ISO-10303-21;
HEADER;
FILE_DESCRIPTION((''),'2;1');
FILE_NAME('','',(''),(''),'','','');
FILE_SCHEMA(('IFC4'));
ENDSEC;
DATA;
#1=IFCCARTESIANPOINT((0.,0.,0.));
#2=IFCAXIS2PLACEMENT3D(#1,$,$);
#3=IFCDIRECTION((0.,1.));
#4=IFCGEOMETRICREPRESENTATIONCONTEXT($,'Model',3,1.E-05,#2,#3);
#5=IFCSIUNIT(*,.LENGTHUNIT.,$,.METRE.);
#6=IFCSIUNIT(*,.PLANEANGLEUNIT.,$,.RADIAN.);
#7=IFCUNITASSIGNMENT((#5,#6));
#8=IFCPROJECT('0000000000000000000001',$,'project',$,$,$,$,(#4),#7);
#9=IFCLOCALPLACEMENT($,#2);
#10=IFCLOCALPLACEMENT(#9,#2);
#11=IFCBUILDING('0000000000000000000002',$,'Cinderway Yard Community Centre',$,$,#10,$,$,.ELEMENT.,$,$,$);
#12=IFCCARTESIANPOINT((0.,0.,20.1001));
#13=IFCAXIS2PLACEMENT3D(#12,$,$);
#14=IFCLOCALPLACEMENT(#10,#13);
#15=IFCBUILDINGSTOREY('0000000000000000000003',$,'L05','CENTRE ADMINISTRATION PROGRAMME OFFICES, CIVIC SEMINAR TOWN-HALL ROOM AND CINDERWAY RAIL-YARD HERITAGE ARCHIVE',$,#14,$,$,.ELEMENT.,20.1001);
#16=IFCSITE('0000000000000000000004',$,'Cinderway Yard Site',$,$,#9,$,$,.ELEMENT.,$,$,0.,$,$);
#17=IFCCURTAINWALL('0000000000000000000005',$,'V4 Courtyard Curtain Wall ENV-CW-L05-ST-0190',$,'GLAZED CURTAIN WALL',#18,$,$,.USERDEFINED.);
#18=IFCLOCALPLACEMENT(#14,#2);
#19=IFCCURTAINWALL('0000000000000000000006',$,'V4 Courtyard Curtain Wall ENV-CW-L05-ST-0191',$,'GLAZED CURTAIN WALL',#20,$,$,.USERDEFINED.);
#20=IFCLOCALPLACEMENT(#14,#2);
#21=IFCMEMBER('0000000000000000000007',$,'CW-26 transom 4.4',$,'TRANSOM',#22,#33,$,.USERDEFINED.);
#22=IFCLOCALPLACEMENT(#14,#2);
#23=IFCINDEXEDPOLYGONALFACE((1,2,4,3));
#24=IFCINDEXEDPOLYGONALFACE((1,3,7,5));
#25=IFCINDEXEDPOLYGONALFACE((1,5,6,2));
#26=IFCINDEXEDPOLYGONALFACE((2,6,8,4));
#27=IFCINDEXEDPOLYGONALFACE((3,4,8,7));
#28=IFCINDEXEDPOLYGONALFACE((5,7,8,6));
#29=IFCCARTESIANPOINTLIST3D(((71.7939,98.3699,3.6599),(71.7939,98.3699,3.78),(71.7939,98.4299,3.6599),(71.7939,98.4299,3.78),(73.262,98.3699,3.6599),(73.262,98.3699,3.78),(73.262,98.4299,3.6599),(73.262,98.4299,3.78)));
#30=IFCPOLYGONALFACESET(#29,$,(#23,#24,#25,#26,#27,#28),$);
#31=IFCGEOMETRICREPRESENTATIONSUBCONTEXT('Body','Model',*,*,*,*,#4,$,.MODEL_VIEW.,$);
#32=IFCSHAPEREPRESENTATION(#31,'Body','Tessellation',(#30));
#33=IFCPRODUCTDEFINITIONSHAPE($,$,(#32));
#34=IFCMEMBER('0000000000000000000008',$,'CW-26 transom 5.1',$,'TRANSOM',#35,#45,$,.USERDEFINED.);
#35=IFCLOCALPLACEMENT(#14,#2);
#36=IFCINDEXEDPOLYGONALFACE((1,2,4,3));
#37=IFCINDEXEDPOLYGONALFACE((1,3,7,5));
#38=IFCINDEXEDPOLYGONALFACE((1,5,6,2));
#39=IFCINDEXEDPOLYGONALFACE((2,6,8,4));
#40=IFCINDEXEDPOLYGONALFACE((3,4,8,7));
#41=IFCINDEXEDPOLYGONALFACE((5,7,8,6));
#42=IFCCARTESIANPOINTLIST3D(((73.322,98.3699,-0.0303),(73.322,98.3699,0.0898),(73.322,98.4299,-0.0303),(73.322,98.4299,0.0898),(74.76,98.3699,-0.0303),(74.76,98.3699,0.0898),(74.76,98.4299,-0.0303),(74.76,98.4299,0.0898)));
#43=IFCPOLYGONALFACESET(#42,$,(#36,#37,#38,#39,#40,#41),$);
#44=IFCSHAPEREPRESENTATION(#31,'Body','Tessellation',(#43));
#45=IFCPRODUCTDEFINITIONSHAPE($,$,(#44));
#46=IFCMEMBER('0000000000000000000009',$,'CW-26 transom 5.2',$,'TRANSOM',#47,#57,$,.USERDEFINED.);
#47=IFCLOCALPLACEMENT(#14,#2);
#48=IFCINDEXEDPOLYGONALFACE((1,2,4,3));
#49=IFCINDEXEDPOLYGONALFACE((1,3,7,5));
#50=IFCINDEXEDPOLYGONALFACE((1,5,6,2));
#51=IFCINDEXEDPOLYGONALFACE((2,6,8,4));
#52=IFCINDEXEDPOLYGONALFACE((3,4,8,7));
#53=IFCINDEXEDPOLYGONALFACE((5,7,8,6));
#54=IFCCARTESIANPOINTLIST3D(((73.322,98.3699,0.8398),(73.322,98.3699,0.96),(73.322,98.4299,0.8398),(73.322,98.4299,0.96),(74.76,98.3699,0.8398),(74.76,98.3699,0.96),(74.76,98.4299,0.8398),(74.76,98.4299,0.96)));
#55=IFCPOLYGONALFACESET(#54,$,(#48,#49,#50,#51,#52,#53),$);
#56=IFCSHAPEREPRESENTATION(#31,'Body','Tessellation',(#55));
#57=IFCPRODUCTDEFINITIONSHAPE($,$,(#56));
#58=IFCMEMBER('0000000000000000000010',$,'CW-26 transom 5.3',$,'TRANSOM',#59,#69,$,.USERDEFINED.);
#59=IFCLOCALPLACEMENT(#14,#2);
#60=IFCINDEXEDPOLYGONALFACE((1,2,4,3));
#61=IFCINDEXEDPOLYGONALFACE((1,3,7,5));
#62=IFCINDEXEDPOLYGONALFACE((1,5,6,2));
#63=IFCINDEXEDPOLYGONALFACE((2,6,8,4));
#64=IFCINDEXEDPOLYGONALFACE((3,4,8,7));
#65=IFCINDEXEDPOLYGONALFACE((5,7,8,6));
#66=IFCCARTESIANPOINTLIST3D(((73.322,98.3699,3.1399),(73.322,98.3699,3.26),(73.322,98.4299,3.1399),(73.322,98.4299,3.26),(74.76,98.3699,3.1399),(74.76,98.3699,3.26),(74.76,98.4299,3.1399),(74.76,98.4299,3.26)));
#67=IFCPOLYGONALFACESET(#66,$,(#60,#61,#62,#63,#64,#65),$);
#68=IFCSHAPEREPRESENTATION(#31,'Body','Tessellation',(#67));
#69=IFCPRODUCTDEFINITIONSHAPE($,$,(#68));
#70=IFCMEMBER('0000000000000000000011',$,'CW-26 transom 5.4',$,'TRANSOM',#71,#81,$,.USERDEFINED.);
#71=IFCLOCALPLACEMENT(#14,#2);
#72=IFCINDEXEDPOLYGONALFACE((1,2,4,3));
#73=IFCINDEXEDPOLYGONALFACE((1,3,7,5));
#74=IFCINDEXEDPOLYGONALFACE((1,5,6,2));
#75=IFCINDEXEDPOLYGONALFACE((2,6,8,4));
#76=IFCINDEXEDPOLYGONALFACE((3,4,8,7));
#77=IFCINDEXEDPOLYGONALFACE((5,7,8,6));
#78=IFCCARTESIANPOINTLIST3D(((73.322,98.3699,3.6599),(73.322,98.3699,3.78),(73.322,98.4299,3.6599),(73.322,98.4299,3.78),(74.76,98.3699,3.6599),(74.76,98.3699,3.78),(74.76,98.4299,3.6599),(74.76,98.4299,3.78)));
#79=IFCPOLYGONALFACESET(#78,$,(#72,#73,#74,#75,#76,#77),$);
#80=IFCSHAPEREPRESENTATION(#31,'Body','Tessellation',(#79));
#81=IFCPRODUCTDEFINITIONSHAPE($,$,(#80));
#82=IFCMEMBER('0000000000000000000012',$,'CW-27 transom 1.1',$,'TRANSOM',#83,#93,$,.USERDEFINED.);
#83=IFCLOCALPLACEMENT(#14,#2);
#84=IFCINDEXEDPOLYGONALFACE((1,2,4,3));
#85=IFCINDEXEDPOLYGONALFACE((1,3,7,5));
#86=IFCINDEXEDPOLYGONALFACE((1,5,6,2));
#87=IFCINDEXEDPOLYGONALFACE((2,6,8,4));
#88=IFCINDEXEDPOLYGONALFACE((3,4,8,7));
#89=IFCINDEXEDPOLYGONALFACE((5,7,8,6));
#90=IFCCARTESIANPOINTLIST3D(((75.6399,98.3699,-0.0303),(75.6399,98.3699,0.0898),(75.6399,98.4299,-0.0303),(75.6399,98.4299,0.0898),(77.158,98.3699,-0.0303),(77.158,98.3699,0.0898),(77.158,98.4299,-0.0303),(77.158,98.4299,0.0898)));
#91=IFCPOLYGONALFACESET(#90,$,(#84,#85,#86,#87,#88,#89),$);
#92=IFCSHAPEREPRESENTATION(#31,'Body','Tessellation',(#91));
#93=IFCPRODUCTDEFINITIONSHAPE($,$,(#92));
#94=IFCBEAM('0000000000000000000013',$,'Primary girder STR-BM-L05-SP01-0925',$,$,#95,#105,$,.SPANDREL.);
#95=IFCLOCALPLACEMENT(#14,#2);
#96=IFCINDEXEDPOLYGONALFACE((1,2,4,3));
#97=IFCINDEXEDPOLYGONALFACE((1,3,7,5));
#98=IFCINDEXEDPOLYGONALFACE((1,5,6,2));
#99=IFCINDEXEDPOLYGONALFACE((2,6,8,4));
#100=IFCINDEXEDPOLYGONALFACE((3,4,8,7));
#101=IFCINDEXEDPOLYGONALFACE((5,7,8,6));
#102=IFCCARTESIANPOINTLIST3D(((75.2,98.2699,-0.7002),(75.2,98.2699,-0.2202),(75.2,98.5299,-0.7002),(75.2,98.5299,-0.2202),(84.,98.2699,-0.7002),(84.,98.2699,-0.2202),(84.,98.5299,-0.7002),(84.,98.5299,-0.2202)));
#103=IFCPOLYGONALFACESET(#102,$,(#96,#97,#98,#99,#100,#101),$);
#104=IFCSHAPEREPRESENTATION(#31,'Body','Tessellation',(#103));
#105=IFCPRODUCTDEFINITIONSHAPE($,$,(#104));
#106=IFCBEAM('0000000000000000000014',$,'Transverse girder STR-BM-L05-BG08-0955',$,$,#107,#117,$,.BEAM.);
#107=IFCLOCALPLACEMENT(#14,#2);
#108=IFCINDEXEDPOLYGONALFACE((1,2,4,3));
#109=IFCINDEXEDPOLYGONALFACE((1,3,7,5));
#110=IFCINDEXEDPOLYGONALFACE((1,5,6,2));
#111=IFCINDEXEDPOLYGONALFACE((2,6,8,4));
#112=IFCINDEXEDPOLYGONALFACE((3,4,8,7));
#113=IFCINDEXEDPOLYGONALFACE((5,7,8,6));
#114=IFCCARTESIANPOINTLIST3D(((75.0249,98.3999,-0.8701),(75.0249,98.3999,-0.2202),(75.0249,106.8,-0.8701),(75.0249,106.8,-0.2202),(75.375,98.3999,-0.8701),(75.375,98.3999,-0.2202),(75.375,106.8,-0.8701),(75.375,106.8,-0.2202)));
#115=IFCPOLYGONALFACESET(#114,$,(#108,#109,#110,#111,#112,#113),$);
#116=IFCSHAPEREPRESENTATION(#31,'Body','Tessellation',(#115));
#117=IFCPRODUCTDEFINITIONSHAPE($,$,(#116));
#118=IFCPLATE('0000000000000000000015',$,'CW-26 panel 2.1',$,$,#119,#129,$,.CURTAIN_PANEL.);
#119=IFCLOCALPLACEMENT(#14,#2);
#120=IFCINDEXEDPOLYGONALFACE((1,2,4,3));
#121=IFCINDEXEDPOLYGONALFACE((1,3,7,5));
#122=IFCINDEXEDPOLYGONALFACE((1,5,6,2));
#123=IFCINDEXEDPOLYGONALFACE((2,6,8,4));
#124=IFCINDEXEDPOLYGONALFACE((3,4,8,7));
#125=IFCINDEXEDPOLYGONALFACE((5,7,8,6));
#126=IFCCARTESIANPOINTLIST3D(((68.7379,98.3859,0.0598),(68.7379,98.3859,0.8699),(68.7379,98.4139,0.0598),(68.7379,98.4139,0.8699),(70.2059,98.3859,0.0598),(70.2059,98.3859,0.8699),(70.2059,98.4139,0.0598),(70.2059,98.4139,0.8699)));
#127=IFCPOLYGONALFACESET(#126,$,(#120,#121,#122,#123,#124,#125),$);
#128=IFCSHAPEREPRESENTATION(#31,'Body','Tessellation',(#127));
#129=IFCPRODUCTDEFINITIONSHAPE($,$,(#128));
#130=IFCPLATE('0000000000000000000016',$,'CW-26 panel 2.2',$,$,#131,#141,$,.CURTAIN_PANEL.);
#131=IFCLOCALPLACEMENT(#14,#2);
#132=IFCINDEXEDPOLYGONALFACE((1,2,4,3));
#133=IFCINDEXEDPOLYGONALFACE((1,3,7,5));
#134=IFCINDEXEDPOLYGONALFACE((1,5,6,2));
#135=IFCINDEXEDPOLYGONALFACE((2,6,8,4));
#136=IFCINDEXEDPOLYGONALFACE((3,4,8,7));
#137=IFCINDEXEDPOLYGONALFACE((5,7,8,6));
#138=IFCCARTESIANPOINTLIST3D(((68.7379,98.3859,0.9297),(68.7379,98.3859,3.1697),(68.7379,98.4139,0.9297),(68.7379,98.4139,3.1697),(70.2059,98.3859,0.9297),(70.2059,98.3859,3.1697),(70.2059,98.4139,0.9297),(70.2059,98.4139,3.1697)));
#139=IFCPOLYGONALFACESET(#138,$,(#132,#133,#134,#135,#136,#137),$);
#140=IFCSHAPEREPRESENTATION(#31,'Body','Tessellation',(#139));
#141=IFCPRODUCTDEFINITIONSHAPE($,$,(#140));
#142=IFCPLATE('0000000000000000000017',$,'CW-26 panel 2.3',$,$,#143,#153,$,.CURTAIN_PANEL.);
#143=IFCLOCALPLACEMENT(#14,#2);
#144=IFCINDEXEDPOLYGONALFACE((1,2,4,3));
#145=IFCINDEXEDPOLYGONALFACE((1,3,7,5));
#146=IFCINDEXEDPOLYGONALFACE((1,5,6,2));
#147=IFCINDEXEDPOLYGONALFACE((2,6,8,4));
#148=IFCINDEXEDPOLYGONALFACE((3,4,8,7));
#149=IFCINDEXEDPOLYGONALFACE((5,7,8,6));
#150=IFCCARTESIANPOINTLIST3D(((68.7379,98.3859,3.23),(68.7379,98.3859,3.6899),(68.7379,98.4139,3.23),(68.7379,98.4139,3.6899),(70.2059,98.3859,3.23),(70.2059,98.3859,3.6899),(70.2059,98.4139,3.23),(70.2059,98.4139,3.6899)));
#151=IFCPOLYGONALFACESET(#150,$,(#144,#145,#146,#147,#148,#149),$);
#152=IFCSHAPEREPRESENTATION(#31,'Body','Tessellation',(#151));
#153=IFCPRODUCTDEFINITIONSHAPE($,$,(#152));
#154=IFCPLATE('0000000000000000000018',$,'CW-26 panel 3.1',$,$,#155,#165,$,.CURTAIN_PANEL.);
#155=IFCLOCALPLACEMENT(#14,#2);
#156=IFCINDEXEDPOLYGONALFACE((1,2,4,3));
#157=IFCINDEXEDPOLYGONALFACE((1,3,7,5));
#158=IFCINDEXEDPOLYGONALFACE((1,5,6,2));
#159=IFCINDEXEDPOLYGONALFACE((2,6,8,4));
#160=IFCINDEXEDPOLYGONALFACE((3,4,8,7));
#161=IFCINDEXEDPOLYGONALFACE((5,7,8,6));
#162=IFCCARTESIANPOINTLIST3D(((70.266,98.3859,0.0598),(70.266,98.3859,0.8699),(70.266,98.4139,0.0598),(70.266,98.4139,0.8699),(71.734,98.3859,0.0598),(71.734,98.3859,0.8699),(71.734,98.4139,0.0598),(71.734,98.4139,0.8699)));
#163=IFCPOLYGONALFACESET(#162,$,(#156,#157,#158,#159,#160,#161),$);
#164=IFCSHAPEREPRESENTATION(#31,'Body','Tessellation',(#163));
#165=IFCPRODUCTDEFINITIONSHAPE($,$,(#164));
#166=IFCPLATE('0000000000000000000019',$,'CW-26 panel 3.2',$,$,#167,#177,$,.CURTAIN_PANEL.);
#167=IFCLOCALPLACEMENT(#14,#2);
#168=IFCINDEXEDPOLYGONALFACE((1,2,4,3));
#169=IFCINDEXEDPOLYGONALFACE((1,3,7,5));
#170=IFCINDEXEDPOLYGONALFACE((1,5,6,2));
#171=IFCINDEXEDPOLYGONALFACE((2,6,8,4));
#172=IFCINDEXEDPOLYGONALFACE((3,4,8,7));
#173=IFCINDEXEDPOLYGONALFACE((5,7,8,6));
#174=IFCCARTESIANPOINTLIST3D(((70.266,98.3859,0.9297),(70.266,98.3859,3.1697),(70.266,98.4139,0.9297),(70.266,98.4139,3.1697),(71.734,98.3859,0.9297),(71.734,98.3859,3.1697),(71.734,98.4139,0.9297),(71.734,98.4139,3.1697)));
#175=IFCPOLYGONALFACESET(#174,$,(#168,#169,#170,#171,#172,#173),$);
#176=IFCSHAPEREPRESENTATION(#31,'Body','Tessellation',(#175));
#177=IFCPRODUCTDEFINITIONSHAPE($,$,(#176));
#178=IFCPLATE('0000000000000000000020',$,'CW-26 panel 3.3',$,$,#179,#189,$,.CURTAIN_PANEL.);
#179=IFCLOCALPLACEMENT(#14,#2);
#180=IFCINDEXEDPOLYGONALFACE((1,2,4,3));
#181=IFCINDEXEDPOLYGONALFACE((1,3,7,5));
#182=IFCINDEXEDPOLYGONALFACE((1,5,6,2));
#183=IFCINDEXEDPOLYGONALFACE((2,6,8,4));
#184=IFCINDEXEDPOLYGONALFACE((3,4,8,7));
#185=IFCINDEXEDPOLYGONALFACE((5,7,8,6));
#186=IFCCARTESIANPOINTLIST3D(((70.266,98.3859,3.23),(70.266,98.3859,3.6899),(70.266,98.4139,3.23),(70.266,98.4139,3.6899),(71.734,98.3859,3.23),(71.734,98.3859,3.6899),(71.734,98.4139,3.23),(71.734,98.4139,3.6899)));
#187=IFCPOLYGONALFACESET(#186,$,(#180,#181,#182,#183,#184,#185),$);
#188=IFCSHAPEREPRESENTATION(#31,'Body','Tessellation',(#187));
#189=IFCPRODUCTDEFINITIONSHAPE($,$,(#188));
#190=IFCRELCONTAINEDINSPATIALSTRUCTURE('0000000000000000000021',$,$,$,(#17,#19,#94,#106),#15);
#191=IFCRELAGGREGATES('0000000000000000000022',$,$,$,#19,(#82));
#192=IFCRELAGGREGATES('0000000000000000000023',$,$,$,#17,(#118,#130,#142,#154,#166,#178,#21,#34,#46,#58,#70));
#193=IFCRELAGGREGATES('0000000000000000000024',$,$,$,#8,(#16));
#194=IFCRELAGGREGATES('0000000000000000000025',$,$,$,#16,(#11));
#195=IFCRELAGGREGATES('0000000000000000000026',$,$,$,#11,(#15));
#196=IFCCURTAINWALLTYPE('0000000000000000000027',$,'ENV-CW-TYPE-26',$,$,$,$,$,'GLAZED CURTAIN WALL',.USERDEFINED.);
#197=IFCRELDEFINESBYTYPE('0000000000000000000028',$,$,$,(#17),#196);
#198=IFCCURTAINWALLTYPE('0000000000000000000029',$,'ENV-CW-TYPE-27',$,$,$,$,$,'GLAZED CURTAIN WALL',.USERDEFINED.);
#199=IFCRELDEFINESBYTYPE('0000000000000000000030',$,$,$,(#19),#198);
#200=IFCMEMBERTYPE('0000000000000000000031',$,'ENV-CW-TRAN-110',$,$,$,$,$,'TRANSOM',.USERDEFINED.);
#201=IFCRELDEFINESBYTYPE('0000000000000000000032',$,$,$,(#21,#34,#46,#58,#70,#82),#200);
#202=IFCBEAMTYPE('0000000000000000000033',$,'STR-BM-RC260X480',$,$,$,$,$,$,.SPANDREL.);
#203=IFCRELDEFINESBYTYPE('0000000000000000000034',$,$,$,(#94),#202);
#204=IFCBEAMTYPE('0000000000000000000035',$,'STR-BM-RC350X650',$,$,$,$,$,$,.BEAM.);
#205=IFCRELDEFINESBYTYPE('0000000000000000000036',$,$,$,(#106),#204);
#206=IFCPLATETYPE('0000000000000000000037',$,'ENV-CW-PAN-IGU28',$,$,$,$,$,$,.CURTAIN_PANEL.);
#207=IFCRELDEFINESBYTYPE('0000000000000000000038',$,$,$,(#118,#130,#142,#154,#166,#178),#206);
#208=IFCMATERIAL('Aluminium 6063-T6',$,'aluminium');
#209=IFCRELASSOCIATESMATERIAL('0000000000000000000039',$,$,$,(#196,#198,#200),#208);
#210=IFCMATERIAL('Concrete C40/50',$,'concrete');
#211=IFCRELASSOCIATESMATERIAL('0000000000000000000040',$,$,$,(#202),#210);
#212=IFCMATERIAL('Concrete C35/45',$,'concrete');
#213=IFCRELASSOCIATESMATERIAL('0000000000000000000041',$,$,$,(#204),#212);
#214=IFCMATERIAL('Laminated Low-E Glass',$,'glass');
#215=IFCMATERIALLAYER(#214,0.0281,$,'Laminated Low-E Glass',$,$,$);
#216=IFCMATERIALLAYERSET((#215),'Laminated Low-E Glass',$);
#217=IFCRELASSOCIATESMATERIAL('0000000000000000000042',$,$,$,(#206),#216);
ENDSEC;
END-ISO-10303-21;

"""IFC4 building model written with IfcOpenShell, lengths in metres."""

from ifc_helpers import new_model, si_unit, direction, frame, origin, origin_2d, place, context, subcontext, project, spatial, rectangle, extrude, material, layer, layer_set, material_profile, profile_set, type_object, element, aggregate, save


model = new_model("IFC4")

# Units and contexts
model_context = context("Model", 3, precision=1e-05, world=origin(), true_north=direction((0.0, 1.0)))
body_context = subcontext(model_context, "Body", "Model", "MODEL_VIEW")
ifc_project = project(units=[si_unit("LENGTHUNIT", "METRE"), si_unit("PLANEANGLEUNIT", "RADIAN")], contexts=[model_context])

# Site, building, storey
site_placement = place(None, origin())
site = spatial("IfcSite", under=ifc_project, at=site_placement, Name="Cinderway Yard Site", CompositionType="ELEMENT", RefElevation=0.0)
building_placement = place(site_placement, origin())
building = spatial("IfcBuilding", under=site, at=building_placement, Name="Cinderway Yard Community Centre", CompositionType="ELEMENT")
storey_placement = place(building_placement, frame((0.0, 0.0, 20.1001)))
storey = spatial("IfcBuildingStorey", under=building, at=storey_placement, Name="L05", Description="CENTRE ADMINISTRATION PROGRAMME OFFICES, CIVIC SEMINAR TOWN-HALL ROOM AND CINDERWAY RAIL-YARD HERITAGE ARCHIVE", CompositionType="ELEMENT", Elevation=20.1001)

# Shared definitions
ifc_material_1 = material(Name="Concrete C40/50", Category="concrete")

# Curtain wall
ifc_material_2 = material(Name="Aluminium 6063-T6", Category="aluminium")
curtain_wall_type_1 = type_object("IfcCurtainWallType", Name="ENV-CW-TYPE-26", ElementType="GLAZED CURTAIN WALL", PredefinedType="USERDEFINED", material=ifc_material_2)
curtain_wall_1_placement = place(storey_placement, origin())
curtain_wall_1 = element("IfcCurtainWall", 1, at=curtain_wall_1_placement, inside=storey, type_object=curtain_wall_type_1, Name="V4 Courtyard Curtain Wall ENV-CW-L05-ST-0190", ObjectType="GLAZED CURTAIN WALL", PredefinedType="USERDEFINED")

# Curtain wall
curtain_wall_type_2 = type_object("IfcCurtainWallType", Name="ENV-CW-TYPE-27", ElementType="GLAZED CURTAIN WALL", PredefinedType="USERDEFINED", material=ifc_material_2)
curtain_wall_2_placement = place(storey_placement, origin())
curtain_wall_2 = element("IfcCurtainWall", 2, at=curtain_wall_2_placement, inside=storey, type_object=curtain_wall_type_2, Name="V4 Courtyard Curtain Wall ENV-CW-L05-ST-0191", ObjectType="GLAZED CURTAIN WALL", PredefinedType="USERDEFINED")

# Members
ifc_material_profile_1 = material_profile(ifc_material_2, rectangle(XDim=0.0601, YDim=0.1201, at=origin_2d()), Name="Aluminium 6063-T6")
ifc_profile_set_1 = profile_set([ifc_material_profile_1], Name="Aluminium 6063-T6")
member_type_1 = type_object("IfcMemberType", Name="ENV-CW-TRAN-110", ElementType="TRANSOM", PredefinedType="USERDEFINED", material=ifc_profile_set_1)
member_1_placement = place(storey_placement, frame((71.7939, 98.3999, 3.72), z_axis=(1.0, 0.0, 0.0), x_axis=(0.0, 1.0, 0.0)))
member_1 = element("IfcMember", 3, at=member_1_placement, type_object=member_type_1, Name="CW-26 transom 4.4", ObjectType="TRANSOM", PredefinedType="USERDEFINED", context=body_context, shape_type="SweptSolid", body=[
    extrude(rectangle(XDim=0.0601, YDim=0.1201, at=origin_2d()), origin(), (0.0, 0.0, 1.0), 1.468),
])
member_2_placement = place(storey_placement, frame((73.322, 98.3999, 0.0298), z_axis=(1.0, 0.0, 0.0), x_axis=(0.0, 1.0, 0.0)))
member_2 = element("IfcMember", 4, at=member_2_placement, type_object=member_type_1, Name="CW-26 transom 5.1", ObjectType="TRANSOM", PredefinedType="USERDEFINED", context=body_context, shape_type="SweptSolid", body=[
    extrude(rectangle(XDim=0.0601, YDim=0.1201, at=origin_2d()), origin(), (0.0, 0.0, 1.0), 1.438),
])
member_3_placement = place(storey_placement, frame((73.322, 98.3999, 0.8999), z_axis=(1.0, 0.0, 0.0), x_axis=(0.0, 1.0, 0.0)))
member_3 = element("IfcMember", 5, at=member_3_placement, type_object=member_type_1, Name="CW-26 transom 5.2", ObjectType="TRANSOM", PredefinedType="USERDEFINED", context=body_context, shape_type="SweptSolid", body=[
    extrude(rectangle(XDim=0.0601, YDim=0.1201, at=origin_2d()), origin(), (0.0, 0.0, 1.0), 1.438),
])
member_4_placement = place(storey_placement, frame((73.322, 98.3999, 3.2), z_axis=(1.0, 0.0, 0.0), x_axis=(0.0, 1.0, 0.0)))
member_4 = element("IfcMember", 6, at=member_4_placement, type_object=member_type_1, Name="CW-26 transom 5.3", ObjectType="TRANSOM", PredefinedType="USERDEFINED", context=body_context, shape_type="SweptSolid", body=[
    extrude(rectangle(XDim=0.0601, YDim=0.1201, at=origin_2d()), origin(), (0.0, 0.0, 1.0), 1.438),
])
member_5_placement = place(storey_placement, frame((73.322, 98.3999, 3.72), z_axis=(1.0, 0.0, 0.0), x_axis=(0.0, 1.0, 0.0)))
member_5 = element("IfcMember", 7, at=member_5_placement, type_object=member_type_1, Name="CW-26 transom 5.4", ObjectType="TRANSOM", PredefinedType="USERDEFINED", context=body_context, shape_type="SweptSolid", body=[
    extrude(rectangle(XDim=0.0601, YDim=0.1201, at=origin_2d()), origin(), (0.0, 0.0, 1.0), 1.438),
])
member_6_placement = place(storey_placement, frame((75.6399, 98.3999, 0.0298), z_axis=(1.0, 0.0, 0.0), x_axis=(0.0, 1.0, 0.0)))
member_6 = element("IfcMember", 8, at=member_6_placement, type_object=member_type_1, Name="CW-27 transom 1.1", ObjectType="TRANSOM", PredefinedType="USERDEFINED", context=body_context, shape_type="SweptSolid", body=[
    extrude(rectangle(XDim=0.0601, YDim=0.1201, at=origin_2d()), origin(), (0.0, 0.0, 1.0), 1.5181),
])
aggregate(curtain_wall_2, [member_6])

# Beams
ifc_material_profile_2 = material_profile(ifc_material_1, rectangle(XDim=0.26, YDim=0.48, at=origin_2d()), Name="Concrete C40/50")
ifc_profile_set_2 = profile_set([ifc_material_profile_2], Name="Concrete C40/50")
beam_type_1 = type_object("IfcBeamType", Name="STR-BM-RC260X480", PredefinedType="SPANDREL", material=ifc_profile_set_2)
beam_1_placement = place(storey_placement, frame((75.2, 98.3999, -0.4602), z_axis=(1.0, 0.0, 0.0), x_axis=(0.0, 1.0, 0.0)))
element("IfcBeam", 9, at=beam_1_placement, inside=storey, type_object=beam_type_1, Name="Primary girder STR-BM-L05-SP01-0925", PredefinedType="SPANDREL", context=body_context, shape_type="SweptSolid", body=[
    extrude(rectangle(XDim=0.26, YDim=0.48, at=origin_2d()), origin(), (0.0, 0.0, 1.0), 8.8),
])
ifc_material_3 = material(Name="Concrete C35/45", Category="concrete")
ifc_material_profile_3 = material_profile(ifc_material_3, rectangle(XDim=0.3501, YDim=0.6499, at=origin_2d()), Name="Concrete C35/45")
ifc_profile_set_3 = profile_set([ifc_material_profile_3], Name="Concrete C35/45")
beam_type_2 = type_object("IfcBeamType", Name="STR-BM-RC350X650", PredefinedType="BEAM", material=ifc_profile_set_3)
beam_2_placement = place(storey_placement, frame((75.2, 98.3999, -0.5452), z_axis=(0.0, 1.0, 0.0), x_axis=(-1.0, 0.0, 0.0)))
element("IfcBeam", 10, at=beam_2_placement, inside=storey, type_object=beam_type_2, Name="Transverse girder STR-BM-L05-BG08-0955", PredefinedType="BEAM", context=body_context, shape_type="SweptSolid", body=[
    extrude(rectangle(XDim=0.3501, YDim=0.6499, at=origin_2d()), origin(), (0.0, 0.0, 1.0), 8.4001),
])

# Plates
ifc_material_4 = material(Name="Laminated Low-E Glass", Category="glass")
ifc_layer = layer(ifc_material_4, 0.0281, Name="Laminated Low-E Glass")
ifc_layer_set = layer_set([ifc_layer], Name="Laminated Low-E Glass")
plate_type = type_object("IfcPlateType", Name="ENV-CW-PAN-IGU28", PredefinedType="CURTAIN_PANEL", material=ifc_layer_set)
plate_1_placement = place(storey_placement, frame((69.4719, 98.3999, 0.0598), z_axis=(0.0, 0.0, 1.0), x_axis=(1.0, 0.0, 0.0)))
plate_1 = element("IfcPlate", 11, at=plate_1_placement, type_object=plate_type, Name="CW-26 panel 2.1", PredefinedType="CURTAIN_PANEL", context=body_context, shape_type="SweptSolid", body=[
    extrude(rectangle(XDim=1.468, YDim=0.0281, at=origin_2d()), origin(), (0.0, 0.0, 1.0), 0.8101),
])
plate_2_placement = place(storey_placement, frame((69.4719, 98.3999, 0.9297), z_axis=(0.0, 0.0, 1.0), x_axis=(1.0, 0.0, 0.0)))
plate_2 = element("IfcPlate", 12, at=plate_2_placement, type_object=plate_type, Name="CW-26 panel 2.2", PredefinedType="CURTAIN_PANEL", context=body_context, shape_type="SweptSolid", body=[
    extrude(rectangle(XDim=1.468, YDim=0.0281, at=origin_2d()), origin(), (0.0, 0.0, 1.0), 2.24),
])
plate_3_placement = place(storey_placement, frame((69.4719, 98.3999, 3.23), z_axis=(0.0, 0.0, 1.0), x_axis=(1.0, 0.0, 0.0)))
plate_3 = element("IfcPlate", 13, at=plate_3_placement, type_object=plate_type, Name="CW-26 panel 2.3", PredefinedType="CURTAIN_PANEL", context=body_context, shape_type="SweptSolid", body=[
    extrude(rectangle(XDim=1.468, YDim=0.0281, at=origin_2d()), origin(), (0.0, 0.0, 1.0), 0.46),
])
plate_4_placement = place(storey_placement, frame((71.0, 98.3999, 0.0598), z_axis=(0.0, 0.0, 1.0), x_axis=(1.0, 0.0, 0.0)))
plate_4 = element("IfcPlate", 14, at=plate_4_placement, type_object=plate_type, Name="CW-26 panel 3.1", PredefinedType="CURTAIN_PANEL", context=body_context, shape_type="SweptSolid", body=[
    extrude(rectangle(XDim=1.468, YDim=0.0281, at=origin_2d()), origin(), (0.0, 0.0, 1.0), 0.8101),
])
plate_5_placement = place(storey_placement, frame((71.0, 98.3999, 0.9297), z_axis=(0.0, 0.0, 1.0), x_axis=(1.0, 0.0, 0.0)))
plate_5 = element("IfcPlate", 15, at=plate_5_placement, type_object=plate_type, Name="CW-26 panel 3.2", PredefinedType="CURTAIN_PANEL", context=body_context, shape_type="SweptSolid", body=[
    extrude(rectangle(XDim=1.468, YDim=0.0281, at=origin_2d()), origin(), (0.0, 0.0, 1.0), 2.24),
])
plate_6_placement = place(storey_placement, frame((71.0, 98.3999, 3.23), z_axis=(0.0, 0.0, 1.0), x_axis=(1.0, 0.0, 0.0)))
plate_6 = element("IfcPlate", 16, at=plate_6_placement, type_object=plate_type, Name="CW-26 panel 3.3", PredefinedType="CURTAIN_PANEL", context=body_context, shape_type="SweptSolid", body=[
    extrude(rectangle(XDim=1.468, YDim=0.0281, at=origin_2d()), origin(), (0.0, 0.0, 1.0), 0.46),
])
aggregate(curtain_wall_1, [plate_1, plate_2, plate_3, plate_4, plate_5, plate_6, member_1, member_2, member_3, member_4, member_5])

save(model, "model.ifc")
